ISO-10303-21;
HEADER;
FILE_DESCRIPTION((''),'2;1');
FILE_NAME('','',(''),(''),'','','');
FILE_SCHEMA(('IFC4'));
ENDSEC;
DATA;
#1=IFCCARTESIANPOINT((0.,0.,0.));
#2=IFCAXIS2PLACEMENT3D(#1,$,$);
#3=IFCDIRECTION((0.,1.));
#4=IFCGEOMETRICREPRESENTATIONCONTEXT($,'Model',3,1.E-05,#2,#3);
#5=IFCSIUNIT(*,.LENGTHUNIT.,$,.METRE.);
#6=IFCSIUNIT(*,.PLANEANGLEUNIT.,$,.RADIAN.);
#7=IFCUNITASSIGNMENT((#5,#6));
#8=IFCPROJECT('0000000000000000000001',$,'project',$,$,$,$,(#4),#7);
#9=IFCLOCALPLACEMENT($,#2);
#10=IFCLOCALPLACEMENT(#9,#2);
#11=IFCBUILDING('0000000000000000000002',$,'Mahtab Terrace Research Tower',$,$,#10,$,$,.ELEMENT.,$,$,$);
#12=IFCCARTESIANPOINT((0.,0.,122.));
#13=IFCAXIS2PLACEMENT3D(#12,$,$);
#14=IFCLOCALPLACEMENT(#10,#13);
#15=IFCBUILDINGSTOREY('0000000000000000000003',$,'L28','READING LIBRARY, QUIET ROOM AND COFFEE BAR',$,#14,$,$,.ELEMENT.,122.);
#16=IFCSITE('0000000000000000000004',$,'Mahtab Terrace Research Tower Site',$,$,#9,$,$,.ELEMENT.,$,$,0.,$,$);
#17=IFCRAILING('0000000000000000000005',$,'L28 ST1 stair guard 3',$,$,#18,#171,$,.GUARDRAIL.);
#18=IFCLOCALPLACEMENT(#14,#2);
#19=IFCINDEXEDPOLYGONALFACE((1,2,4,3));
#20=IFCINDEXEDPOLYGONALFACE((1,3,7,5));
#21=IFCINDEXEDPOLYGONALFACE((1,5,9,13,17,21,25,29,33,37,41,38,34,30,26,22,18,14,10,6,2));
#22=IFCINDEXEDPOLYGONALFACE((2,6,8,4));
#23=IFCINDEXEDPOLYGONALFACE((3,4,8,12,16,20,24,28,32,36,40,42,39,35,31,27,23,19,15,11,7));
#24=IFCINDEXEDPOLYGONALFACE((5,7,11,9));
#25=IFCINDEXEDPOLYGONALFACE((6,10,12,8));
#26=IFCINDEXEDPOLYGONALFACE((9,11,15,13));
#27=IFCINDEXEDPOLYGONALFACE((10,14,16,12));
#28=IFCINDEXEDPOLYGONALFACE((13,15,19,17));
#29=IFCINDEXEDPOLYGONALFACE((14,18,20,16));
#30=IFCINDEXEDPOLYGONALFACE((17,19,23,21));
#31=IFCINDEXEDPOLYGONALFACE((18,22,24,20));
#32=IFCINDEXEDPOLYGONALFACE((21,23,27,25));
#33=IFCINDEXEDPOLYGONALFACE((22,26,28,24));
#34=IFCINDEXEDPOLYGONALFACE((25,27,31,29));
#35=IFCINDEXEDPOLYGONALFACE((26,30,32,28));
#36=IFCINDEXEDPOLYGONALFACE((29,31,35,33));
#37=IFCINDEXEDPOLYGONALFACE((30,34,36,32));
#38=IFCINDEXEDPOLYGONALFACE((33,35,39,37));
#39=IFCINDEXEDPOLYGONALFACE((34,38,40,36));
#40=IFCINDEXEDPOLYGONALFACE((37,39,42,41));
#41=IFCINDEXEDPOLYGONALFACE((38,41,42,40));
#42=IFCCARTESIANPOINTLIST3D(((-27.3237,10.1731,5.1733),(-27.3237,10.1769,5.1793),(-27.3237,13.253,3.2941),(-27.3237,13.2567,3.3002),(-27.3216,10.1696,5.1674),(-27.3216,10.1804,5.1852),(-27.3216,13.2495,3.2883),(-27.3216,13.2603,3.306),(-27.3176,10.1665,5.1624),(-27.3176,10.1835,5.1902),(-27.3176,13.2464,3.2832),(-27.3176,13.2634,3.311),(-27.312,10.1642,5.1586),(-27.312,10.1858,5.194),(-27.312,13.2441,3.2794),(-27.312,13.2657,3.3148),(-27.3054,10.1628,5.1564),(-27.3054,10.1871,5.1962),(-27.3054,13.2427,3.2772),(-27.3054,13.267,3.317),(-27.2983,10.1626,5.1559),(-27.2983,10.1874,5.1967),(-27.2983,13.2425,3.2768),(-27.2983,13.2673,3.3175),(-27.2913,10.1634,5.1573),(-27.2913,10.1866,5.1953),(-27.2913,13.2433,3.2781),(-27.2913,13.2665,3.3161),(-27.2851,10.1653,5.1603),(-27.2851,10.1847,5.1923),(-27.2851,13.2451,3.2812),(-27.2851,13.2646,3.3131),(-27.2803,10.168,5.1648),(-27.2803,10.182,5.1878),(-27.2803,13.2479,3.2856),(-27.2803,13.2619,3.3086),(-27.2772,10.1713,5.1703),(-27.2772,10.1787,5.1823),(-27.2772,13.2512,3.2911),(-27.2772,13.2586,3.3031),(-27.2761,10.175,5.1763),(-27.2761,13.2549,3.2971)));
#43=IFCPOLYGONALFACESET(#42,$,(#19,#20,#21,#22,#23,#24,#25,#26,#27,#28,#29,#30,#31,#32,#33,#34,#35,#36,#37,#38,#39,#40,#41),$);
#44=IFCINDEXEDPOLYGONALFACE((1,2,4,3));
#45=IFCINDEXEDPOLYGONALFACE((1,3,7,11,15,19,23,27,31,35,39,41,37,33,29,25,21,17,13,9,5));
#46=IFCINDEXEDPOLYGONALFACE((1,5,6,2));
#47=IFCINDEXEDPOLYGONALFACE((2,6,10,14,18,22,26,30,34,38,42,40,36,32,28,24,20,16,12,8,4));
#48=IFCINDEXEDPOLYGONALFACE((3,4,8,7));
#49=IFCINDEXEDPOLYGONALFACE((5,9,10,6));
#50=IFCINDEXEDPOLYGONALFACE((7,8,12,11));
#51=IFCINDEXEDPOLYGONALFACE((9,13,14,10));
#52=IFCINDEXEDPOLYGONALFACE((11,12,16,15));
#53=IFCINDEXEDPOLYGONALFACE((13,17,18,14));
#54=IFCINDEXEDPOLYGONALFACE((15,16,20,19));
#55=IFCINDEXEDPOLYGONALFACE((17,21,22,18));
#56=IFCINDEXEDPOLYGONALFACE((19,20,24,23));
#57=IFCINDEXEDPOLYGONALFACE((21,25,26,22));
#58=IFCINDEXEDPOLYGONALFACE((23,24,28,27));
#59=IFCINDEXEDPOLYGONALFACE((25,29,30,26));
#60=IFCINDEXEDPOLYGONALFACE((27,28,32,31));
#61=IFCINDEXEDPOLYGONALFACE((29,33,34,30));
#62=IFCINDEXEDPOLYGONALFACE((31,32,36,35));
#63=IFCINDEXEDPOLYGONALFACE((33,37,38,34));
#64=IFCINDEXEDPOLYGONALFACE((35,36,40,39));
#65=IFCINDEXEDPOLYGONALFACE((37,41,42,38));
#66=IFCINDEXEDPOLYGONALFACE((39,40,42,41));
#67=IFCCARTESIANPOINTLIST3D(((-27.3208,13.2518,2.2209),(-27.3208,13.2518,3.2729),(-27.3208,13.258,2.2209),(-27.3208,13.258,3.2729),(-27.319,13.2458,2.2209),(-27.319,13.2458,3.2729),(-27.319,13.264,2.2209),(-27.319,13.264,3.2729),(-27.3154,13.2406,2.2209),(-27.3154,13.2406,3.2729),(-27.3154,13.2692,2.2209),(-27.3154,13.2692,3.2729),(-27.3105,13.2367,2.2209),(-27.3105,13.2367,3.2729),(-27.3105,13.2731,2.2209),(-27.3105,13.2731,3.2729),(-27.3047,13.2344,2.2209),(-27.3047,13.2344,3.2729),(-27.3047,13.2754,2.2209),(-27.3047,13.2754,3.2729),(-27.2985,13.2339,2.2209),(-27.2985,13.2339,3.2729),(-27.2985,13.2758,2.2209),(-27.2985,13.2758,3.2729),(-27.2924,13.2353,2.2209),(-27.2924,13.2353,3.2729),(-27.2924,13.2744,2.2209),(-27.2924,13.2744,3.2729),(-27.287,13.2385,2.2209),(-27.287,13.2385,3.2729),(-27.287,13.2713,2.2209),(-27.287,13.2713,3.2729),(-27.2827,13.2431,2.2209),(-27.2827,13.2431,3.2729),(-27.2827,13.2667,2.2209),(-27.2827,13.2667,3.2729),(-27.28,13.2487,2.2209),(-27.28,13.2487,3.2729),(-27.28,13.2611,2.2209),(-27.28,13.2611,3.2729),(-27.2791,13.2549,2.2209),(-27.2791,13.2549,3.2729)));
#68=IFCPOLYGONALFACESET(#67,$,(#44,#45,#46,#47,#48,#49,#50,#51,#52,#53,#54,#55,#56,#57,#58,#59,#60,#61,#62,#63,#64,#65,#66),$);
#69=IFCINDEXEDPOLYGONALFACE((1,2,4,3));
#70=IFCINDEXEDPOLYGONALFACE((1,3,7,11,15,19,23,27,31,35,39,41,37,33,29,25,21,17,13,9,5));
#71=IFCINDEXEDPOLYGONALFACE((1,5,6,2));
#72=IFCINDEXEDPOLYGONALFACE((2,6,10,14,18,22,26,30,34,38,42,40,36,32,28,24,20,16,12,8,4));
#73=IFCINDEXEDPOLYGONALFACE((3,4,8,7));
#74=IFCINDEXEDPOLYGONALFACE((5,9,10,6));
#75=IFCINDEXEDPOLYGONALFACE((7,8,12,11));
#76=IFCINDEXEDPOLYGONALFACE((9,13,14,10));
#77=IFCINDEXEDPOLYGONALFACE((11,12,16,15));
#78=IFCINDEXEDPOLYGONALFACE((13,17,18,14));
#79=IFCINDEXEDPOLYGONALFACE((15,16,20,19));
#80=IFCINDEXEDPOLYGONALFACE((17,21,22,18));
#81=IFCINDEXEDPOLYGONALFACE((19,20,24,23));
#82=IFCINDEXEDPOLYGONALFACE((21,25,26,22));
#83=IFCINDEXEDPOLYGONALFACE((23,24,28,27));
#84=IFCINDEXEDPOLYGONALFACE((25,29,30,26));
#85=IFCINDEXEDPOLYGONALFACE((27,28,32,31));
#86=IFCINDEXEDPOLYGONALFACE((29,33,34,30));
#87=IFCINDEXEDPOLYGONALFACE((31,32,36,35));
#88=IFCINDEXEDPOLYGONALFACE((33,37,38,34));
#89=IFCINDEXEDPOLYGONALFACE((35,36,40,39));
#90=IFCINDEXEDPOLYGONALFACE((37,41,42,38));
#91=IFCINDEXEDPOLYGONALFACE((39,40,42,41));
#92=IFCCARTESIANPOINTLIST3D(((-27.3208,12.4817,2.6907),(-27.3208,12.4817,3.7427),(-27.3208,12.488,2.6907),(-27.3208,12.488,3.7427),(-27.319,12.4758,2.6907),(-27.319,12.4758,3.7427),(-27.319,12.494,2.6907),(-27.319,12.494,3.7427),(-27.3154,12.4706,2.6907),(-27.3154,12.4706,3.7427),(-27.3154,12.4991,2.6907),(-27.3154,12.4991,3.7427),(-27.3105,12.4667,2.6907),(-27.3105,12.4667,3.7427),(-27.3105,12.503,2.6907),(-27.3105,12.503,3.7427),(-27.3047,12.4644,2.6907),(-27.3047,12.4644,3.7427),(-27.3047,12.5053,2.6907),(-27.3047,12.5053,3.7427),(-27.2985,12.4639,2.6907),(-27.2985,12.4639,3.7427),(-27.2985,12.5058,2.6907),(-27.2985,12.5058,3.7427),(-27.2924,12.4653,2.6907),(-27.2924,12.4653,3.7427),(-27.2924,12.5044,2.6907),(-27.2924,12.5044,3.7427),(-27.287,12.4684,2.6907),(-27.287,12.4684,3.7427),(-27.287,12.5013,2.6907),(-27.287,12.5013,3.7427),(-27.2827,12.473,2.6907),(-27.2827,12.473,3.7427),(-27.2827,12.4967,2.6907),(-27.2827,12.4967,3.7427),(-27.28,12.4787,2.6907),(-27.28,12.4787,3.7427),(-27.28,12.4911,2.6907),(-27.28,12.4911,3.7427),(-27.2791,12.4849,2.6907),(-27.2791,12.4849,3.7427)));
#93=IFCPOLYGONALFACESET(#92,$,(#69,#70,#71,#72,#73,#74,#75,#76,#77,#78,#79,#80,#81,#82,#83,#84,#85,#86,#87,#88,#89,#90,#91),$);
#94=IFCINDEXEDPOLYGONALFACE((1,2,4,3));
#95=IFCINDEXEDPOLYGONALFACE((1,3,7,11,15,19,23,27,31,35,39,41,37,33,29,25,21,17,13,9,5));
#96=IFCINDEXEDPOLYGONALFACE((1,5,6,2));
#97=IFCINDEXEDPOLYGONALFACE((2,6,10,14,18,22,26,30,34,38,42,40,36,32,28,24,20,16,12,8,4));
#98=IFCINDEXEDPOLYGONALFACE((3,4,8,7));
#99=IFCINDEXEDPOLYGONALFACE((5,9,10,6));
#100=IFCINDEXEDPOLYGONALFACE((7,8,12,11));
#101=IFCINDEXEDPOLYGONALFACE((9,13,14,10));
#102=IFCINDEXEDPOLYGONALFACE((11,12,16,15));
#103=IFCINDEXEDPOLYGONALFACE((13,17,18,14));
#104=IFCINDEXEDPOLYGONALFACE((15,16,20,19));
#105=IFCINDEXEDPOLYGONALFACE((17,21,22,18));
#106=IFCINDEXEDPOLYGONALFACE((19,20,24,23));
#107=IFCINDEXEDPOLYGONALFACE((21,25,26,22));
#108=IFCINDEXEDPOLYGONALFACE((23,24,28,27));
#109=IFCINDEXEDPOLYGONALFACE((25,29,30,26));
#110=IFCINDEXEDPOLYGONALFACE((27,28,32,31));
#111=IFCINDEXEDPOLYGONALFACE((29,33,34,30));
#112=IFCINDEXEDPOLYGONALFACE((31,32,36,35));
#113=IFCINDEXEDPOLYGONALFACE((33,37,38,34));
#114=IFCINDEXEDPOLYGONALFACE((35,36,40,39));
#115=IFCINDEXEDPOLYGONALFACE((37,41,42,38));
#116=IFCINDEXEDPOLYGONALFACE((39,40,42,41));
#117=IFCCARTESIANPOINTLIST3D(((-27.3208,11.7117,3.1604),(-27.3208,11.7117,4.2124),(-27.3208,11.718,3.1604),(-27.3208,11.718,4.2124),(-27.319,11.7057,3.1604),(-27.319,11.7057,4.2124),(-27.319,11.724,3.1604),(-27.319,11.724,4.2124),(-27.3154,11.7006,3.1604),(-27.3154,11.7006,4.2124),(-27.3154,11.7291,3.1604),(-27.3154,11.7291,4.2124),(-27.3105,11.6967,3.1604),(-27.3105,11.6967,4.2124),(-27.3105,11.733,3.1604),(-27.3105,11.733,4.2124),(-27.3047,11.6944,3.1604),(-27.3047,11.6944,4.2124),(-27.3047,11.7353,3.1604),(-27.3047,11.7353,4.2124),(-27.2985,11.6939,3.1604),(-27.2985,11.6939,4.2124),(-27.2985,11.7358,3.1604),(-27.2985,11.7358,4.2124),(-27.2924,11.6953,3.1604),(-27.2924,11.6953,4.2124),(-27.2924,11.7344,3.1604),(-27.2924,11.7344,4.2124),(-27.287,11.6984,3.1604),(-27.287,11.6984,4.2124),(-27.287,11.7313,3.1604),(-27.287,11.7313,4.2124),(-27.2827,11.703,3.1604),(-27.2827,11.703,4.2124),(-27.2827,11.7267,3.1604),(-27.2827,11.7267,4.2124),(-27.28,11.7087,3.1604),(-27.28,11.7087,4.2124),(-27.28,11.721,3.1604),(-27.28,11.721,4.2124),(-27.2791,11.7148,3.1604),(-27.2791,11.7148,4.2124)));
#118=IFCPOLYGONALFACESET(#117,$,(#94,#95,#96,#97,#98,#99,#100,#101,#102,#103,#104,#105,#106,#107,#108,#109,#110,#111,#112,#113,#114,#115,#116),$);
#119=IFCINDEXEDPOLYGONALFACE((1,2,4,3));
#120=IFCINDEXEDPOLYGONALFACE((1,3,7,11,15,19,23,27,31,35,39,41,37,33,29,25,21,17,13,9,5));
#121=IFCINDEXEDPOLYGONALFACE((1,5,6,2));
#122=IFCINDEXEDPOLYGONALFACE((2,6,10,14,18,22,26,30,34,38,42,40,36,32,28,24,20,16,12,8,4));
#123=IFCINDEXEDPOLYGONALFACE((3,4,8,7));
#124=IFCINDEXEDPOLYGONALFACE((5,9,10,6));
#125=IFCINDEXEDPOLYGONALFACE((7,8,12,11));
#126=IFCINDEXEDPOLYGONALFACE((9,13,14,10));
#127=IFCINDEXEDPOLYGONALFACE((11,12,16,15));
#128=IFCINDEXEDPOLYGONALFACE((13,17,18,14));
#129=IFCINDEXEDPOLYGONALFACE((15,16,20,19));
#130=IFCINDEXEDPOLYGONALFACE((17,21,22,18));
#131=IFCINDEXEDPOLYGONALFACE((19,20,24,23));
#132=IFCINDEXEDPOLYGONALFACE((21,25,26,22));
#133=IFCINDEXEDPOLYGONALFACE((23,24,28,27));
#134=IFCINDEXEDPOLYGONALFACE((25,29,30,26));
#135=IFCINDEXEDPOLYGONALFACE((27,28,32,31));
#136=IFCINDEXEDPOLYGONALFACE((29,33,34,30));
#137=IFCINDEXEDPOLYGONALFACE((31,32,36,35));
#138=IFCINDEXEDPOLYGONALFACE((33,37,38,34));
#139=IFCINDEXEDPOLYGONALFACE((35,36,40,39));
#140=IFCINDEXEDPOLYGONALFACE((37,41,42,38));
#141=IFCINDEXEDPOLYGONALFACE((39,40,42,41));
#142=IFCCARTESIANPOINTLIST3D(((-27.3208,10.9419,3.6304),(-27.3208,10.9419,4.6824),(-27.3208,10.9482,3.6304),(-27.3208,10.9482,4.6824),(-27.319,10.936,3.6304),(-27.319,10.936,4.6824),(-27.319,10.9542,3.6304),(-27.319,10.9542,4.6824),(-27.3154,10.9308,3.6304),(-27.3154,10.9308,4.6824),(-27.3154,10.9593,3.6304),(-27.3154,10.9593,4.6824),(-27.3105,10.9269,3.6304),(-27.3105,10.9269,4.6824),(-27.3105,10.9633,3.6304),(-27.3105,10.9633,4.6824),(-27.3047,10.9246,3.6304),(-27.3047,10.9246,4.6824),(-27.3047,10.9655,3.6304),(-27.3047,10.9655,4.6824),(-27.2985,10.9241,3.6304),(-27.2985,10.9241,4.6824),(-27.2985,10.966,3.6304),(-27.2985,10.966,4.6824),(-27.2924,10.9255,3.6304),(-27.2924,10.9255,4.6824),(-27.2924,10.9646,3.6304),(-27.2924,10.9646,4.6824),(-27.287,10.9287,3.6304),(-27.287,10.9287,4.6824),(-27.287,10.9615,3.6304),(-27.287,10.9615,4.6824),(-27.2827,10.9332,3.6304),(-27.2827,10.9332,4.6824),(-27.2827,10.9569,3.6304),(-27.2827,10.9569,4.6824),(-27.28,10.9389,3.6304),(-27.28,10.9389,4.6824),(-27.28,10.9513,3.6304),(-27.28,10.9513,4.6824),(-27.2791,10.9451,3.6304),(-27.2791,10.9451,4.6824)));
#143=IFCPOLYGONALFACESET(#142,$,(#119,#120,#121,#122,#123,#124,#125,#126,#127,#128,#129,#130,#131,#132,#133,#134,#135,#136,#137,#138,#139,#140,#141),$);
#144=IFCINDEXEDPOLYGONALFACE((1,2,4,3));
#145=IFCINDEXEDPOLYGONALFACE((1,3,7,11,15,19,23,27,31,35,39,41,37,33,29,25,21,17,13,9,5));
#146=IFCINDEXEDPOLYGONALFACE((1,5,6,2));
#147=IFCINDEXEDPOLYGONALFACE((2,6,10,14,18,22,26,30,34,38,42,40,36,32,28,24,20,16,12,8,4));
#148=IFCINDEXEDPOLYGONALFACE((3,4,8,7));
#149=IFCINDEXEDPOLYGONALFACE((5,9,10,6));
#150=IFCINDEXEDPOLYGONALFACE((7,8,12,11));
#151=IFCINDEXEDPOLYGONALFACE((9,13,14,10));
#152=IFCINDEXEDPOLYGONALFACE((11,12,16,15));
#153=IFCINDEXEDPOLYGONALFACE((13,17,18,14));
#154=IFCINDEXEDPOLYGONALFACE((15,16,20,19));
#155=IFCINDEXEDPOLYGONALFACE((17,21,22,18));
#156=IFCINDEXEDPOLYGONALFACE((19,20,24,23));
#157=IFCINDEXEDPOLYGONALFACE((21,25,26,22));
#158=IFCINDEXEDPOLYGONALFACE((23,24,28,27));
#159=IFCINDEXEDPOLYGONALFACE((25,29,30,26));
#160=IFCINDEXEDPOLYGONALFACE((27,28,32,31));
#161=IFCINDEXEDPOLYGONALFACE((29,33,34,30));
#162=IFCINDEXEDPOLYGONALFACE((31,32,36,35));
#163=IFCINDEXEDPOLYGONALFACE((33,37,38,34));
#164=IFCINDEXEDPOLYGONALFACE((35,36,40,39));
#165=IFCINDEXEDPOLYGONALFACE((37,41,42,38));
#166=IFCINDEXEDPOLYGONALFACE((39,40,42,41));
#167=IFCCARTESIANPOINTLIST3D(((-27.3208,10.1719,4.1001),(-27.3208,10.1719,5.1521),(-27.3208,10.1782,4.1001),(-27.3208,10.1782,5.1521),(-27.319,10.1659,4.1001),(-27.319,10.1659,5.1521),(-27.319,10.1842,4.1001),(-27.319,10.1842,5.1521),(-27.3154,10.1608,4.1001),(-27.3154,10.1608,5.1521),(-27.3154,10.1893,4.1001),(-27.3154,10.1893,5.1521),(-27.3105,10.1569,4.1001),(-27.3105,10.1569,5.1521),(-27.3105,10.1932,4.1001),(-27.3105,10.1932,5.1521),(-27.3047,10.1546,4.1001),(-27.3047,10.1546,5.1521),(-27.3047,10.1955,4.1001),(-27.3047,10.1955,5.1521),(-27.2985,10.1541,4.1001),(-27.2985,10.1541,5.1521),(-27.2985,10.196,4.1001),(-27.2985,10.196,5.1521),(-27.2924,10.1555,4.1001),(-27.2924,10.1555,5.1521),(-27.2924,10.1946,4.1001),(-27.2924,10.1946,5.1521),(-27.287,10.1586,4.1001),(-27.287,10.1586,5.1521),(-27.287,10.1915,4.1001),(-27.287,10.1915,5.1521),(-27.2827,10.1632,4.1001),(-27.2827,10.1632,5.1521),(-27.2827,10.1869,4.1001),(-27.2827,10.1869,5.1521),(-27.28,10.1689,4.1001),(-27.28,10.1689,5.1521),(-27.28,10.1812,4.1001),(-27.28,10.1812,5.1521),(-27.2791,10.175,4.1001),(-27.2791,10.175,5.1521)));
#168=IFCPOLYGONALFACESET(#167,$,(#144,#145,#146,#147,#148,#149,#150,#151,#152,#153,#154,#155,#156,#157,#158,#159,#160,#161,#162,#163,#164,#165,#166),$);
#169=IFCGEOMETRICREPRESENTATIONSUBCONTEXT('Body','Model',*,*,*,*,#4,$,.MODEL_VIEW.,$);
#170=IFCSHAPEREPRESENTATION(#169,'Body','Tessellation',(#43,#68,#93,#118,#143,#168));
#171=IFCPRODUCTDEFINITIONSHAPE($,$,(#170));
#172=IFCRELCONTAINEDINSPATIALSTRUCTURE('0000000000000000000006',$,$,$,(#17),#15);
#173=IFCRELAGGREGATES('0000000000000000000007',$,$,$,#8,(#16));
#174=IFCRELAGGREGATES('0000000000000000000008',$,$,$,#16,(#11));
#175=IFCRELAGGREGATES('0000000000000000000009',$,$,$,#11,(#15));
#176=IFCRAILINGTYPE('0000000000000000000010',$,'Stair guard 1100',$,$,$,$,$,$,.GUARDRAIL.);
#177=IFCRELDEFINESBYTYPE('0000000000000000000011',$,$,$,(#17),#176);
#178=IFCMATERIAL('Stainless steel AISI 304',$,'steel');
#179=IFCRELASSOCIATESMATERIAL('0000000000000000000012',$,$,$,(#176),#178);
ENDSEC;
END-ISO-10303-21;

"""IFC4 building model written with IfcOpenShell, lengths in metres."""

from ifc_helpers import new_model, si_unit, direction, frame, origin, origin_2d, place, context, subcontext, project, spatial, circle, extrude, material, type_object, element, save


model = new_model("IFC4")

# Units and contexts
model_context = context("Model", 3, precision=1e-05, world=origin(), true_north=direction((0.0, 1.0)))
body_context = subcontext(model_context, "Body", "Model", "MODEL_VIEW")
ifc_project = project(units=[si_unit("LENGTHUNIT", "METRE"), si_unit("PLANEANGLEUNIT", "RADIAN")], contexts=[model_context])

# Site, building, storey
site_placement = place(None, origin())
site = spatial("IfcSite", under=ifc_project, at=site_placement, Name="Mahtab Terrace Research Tower Site", CompositionType="ELEMENT", RefElevation=0.0)
building_placement = place(site_placement, origin())
building = spatial("IfcBuilding", under=site, at=building_placement, Name="Mahtab Terrace Research Tower", CompositionType="ELEMENT")
storey_placement = place(building_placement, frame((0.0, 0.0, 122.0)))
storey = spatial("IfcBuildingStorey", under=building, at=storey_placement, Name="L28", Description="READING LIBRARY, QUIET ROOM AND COFFEE BAR", CompositionType="ELEMENT", Elevation=122.0)

# Shared definitions
ifc_material_1 = material(Name="Stainless steel AISI 304", Category="steel")

# Railing
railing_type_1 = type_object("IfcRailingType", Name="Stair guard 1100", PredefinedType="GUARDRAIL", material=ifc_material_1)
railing_1_placement = place(storey_placement, frame((-27.3, 13.2549, 2.2209)))
element("IfcRailing", 1, at=railing_1_placement, inside=storey, type_object=railing_type_1, Name="L28 ST1 stair guard 3", PredefinedType="GUARDRAIL", context=body_context, shape_type="SweptSolid", body=[
    extrude(circle(Radius=0.0239, at=origin_2d()), frame((0.0, 0.0, 1.0762), z_axis=(0.0, -0.853648, 0.52085), x_axis=(1.0, 0.0, 0.0)), (0.0, 0.0, 1.0), 3.6079),
    extrude(circle(Radius=0.021, at=origin_2d()), origin(), (0.0, 0.0, 1.0), 1.052),
    extrude(circle(Radius=0.021, at=origin_2d()), frame((0.0, -0.77, 0.4697)), (0.0, 0.0, 1.0), 1.052),
    extrude(circle(Radius=0.021, at=origin_2d()), frame((0.0, -1.54, 0.9395)), (0.0, 0.0, 1.0), 1.052),
    extrude(circle(Radius=0.021, at=origin_2d()), frame((0.0, -2.3098, 1.4094)), (0.0, 0.0, 1.0), 1.052),
    extrude(circle(Radius=0.021, at=origin_2d()), frame((0.0, -3.0798, 1.8792)), (0.0, 0.0, 1.0), 1.052),
])

save(model, "model.ifc")
